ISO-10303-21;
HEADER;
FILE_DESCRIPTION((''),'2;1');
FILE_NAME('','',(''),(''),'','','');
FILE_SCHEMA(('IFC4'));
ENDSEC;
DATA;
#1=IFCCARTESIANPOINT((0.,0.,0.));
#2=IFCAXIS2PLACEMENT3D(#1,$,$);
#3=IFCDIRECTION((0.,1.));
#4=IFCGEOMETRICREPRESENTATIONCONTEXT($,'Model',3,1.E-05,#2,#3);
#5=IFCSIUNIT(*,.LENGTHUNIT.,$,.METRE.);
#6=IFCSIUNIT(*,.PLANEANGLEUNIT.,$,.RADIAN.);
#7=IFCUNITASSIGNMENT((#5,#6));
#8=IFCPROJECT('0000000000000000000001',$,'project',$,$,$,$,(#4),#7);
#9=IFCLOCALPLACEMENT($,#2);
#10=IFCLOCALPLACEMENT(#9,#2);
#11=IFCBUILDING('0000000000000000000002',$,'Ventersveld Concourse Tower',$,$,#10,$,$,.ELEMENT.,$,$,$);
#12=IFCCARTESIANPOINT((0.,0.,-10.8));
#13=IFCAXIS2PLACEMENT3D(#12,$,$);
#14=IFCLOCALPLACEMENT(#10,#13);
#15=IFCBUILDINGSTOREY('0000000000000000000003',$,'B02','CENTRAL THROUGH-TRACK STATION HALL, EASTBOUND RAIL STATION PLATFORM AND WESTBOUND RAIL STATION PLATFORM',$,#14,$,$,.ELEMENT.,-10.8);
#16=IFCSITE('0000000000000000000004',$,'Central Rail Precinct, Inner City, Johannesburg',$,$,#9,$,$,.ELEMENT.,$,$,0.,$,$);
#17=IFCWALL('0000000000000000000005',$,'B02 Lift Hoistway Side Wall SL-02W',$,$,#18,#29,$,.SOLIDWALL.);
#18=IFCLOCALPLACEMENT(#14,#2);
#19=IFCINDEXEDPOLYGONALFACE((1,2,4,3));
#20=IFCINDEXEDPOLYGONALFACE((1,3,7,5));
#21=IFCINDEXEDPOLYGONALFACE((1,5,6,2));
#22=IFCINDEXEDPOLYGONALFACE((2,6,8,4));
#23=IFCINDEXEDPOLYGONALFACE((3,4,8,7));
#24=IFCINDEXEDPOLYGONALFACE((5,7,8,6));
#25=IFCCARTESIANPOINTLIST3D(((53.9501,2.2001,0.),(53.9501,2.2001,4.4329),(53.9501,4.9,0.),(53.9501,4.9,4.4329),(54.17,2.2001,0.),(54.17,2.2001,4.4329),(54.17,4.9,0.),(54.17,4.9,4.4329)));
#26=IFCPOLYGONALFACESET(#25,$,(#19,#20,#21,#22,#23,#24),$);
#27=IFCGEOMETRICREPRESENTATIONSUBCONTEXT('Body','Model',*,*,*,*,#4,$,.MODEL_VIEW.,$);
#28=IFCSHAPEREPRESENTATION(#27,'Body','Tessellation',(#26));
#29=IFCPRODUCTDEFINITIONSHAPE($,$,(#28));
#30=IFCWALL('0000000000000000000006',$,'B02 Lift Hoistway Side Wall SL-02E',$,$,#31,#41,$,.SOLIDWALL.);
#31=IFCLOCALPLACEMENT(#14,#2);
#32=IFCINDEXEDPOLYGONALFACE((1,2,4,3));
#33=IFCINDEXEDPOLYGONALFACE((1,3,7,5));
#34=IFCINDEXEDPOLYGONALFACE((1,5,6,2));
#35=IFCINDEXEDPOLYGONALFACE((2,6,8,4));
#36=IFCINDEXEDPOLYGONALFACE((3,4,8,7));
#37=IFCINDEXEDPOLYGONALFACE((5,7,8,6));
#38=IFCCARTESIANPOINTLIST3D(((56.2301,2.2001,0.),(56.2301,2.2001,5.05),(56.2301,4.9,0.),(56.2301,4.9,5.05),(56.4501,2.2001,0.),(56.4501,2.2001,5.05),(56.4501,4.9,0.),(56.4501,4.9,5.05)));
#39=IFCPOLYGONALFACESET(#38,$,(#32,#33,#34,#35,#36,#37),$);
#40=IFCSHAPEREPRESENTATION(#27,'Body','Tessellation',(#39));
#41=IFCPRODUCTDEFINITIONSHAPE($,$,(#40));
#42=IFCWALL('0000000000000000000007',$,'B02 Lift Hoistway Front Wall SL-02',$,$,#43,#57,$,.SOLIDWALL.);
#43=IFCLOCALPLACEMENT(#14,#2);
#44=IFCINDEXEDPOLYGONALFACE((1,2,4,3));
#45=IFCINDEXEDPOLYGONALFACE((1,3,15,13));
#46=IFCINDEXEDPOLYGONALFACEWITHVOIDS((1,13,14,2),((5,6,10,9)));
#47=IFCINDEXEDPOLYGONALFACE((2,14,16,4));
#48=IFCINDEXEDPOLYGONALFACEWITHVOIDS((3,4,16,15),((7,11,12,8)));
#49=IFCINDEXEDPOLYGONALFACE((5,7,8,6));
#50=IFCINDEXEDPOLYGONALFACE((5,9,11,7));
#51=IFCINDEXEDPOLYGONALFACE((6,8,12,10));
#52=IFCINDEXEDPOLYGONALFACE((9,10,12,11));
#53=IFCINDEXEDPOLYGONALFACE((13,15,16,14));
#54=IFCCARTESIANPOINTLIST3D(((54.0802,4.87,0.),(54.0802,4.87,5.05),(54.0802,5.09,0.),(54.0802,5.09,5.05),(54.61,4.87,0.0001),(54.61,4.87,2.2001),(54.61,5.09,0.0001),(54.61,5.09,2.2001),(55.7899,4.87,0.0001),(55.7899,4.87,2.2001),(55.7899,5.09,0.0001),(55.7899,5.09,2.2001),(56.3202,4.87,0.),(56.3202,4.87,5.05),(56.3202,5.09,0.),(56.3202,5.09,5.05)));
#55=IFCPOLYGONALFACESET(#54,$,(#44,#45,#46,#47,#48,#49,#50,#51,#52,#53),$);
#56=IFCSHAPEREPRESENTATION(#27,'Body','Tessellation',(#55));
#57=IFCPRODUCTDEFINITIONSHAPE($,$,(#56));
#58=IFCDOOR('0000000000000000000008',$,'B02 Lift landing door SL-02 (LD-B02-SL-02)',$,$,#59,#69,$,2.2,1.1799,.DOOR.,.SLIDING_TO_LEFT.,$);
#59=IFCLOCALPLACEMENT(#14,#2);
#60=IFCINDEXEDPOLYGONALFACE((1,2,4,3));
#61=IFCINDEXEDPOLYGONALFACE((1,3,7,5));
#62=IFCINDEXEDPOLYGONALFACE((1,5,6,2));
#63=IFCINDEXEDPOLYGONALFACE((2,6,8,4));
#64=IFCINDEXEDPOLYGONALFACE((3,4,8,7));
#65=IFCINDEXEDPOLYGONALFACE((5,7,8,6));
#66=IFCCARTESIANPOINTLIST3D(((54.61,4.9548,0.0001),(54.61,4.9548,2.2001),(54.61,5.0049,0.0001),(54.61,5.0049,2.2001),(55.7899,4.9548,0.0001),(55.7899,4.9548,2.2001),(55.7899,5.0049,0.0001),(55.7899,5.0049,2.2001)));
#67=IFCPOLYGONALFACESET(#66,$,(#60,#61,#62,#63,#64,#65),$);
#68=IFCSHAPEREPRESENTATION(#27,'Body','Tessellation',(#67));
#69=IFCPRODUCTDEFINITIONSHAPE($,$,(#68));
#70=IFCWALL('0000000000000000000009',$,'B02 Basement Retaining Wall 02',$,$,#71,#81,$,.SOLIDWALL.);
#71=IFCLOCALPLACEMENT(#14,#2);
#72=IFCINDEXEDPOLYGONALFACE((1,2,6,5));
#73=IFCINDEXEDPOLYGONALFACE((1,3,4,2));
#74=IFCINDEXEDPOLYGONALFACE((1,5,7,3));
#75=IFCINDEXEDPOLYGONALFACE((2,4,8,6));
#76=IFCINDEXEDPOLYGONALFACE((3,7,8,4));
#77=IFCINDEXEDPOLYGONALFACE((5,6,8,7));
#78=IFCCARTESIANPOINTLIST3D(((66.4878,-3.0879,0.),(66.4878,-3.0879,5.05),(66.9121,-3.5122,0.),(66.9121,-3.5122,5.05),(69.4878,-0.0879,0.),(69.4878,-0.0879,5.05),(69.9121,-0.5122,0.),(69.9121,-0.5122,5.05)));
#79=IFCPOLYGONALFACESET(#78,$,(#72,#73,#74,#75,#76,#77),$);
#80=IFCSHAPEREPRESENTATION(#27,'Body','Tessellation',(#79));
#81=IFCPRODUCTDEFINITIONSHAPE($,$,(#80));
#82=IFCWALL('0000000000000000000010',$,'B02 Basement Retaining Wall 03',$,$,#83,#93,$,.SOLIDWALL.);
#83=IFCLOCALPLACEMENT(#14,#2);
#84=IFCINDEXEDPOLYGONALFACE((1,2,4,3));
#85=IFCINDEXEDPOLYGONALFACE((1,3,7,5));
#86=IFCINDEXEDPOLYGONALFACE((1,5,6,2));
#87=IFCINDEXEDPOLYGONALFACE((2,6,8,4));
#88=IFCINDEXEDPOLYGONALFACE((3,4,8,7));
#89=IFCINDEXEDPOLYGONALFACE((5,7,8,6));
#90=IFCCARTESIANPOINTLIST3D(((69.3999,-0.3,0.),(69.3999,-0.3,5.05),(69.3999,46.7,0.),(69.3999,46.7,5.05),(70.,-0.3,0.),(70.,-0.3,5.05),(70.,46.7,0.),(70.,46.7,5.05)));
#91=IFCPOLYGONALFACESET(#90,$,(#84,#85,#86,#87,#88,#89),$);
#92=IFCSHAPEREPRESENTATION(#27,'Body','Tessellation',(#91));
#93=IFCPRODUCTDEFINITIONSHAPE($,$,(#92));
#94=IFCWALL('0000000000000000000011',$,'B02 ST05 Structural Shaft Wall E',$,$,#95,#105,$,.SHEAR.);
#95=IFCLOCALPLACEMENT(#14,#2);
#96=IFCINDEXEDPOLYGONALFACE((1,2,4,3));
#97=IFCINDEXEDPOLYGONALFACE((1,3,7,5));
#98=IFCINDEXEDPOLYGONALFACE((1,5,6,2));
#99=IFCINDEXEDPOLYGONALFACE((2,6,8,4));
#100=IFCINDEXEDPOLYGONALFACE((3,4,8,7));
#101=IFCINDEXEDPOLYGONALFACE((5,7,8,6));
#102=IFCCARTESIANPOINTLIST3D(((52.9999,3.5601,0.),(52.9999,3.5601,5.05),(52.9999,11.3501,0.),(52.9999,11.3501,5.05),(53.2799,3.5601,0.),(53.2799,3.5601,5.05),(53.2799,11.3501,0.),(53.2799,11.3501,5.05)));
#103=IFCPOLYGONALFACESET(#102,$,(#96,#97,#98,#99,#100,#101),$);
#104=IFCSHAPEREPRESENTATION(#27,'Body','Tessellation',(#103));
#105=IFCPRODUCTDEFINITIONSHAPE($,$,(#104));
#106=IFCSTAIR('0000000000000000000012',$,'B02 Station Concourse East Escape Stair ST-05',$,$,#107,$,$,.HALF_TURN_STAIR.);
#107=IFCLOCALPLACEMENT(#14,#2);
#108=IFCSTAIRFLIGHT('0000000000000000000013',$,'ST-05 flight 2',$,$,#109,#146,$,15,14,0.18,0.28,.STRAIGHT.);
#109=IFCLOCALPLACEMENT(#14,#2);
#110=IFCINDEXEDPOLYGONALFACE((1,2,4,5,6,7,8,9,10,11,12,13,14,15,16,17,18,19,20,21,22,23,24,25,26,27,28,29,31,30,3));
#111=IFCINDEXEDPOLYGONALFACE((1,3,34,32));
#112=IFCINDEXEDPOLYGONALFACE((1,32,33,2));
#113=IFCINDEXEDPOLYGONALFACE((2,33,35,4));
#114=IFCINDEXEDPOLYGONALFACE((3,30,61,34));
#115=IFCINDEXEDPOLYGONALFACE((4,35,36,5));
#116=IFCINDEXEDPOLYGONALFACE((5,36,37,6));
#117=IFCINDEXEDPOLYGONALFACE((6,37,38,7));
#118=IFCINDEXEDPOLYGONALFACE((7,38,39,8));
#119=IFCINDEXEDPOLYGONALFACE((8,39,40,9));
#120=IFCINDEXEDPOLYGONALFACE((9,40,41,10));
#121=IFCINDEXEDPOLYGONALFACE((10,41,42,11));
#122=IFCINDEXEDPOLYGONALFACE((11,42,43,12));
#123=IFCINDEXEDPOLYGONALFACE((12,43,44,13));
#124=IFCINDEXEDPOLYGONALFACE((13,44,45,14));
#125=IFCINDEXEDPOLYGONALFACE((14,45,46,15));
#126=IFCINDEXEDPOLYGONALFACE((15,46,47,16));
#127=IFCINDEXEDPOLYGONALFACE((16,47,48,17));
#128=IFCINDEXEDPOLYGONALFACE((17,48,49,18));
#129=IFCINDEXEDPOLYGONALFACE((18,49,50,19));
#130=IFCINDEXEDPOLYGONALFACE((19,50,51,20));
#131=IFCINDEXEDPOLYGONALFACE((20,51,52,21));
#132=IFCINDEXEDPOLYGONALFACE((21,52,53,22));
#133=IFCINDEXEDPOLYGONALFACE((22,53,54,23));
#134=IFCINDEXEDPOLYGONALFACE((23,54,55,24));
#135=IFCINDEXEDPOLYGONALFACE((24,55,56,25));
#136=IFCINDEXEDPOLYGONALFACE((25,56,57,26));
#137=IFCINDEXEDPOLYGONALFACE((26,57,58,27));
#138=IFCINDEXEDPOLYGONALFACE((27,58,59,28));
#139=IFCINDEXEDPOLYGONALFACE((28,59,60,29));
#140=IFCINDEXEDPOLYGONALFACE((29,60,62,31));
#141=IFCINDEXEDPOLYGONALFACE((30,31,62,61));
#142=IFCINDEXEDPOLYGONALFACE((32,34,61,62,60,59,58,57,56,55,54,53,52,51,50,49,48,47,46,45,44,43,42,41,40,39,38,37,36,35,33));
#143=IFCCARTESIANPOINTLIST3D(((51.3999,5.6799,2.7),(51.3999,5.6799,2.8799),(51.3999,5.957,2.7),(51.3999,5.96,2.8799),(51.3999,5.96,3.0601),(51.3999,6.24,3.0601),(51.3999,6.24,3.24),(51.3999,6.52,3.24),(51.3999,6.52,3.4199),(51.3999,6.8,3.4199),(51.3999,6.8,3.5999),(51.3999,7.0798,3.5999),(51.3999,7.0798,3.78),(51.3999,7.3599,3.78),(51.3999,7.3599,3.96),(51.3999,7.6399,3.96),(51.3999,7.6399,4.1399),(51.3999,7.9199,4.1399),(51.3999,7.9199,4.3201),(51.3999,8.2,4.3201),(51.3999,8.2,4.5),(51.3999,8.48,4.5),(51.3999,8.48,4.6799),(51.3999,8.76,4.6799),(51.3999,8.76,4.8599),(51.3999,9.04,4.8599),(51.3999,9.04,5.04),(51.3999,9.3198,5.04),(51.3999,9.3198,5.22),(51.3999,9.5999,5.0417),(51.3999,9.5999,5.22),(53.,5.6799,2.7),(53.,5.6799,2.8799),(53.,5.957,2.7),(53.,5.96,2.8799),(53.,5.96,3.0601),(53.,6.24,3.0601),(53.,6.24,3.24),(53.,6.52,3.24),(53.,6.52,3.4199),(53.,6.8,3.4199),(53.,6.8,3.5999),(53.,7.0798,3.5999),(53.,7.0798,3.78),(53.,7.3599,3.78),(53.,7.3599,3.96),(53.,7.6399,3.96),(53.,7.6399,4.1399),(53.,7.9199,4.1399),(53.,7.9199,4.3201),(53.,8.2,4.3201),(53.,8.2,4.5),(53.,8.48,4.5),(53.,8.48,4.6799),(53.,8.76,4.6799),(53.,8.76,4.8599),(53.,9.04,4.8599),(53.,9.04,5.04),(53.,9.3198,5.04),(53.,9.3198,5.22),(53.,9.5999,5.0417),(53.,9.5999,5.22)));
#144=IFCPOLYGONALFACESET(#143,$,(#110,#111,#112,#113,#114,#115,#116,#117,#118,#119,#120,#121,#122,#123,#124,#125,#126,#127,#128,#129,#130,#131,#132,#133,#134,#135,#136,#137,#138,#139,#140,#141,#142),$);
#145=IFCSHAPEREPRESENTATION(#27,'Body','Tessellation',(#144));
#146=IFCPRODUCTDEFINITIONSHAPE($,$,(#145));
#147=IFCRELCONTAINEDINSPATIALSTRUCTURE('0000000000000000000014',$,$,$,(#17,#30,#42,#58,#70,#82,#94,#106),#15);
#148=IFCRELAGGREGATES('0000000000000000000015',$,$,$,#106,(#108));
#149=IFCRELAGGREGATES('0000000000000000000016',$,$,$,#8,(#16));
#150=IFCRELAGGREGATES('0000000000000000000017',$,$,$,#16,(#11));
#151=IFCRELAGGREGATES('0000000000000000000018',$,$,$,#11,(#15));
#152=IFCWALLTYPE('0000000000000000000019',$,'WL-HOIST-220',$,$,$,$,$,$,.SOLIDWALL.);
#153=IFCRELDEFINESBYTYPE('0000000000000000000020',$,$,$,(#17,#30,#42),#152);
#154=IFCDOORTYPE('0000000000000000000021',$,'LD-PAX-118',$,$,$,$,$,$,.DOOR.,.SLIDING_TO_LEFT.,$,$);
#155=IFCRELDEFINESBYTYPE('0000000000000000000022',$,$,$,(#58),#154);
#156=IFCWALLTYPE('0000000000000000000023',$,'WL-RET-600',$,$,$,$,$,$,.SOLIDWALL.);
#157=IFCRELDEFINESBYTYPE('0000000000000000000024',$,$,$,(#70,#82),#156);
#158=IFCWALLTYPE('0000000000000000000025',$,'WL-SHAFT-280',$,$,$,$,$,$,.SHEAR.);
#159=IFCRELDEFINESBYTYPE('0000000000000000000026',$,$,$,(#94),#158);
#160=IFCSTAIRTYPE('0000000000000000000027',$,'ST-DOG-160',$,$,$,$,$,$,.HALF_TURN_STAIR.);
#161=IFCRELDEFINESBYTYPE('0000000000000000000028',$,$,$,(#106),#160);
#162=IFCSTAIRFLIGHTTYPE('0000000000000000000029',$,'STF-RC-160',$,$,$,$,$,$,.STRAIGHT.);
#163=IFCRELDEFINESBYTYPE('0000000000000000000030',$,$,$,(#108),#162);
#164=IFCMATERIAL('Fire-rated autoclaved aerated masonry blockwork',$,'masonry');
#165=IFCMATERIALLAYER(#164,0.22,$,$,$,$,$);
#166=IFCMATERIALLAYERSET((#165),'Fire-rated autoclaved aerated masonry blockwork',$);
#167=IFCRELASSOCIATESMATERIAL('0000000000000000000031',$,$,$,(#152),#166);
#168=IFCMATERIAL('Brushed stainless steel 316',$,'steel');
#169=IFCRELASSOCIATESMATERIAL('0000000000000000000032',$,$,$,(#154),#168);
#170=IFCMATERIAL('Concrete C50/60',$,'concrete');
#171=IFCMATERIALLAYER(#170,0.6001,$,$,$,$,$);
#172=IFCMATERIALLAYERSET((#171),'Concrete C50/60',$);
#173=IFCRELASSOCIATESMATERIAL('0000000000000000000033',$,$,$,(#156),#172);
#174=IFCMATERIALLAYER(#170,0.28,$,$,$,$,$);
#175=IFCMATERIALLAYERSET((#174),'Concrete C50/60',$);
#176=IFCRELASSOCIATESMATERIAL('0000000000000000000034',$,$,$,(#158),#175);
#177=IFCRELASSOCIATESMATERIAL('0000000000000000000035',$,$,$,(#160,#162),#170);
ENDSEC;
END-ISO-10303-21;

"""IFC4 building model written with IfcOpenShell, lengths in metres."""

from ifc_helpers import new_model, si_unit, direction, frame, frame_2d, origin, place, context, subcontext, project, spatial, polyline, rectangle, outline, extrude, material, layer, layer_set, type_object, element, fill, aggregate, save


model = new_model("IFC4")

# Units and contexts
model_context = context("Model", 3, precision=1e-05, world=origin(), true_north=direction((0.0, 1.0)))
body_context = subcontext(model_context, "Body", "Model", "MODEL_VIEW")
ifc_project = project(units=[si_unit("LENGTHUNIT", "METRE"), si_unit("PLANEANGLEUNIT", "RADIAN")], contexts=[model_context])

# Site, building, storey
site_placement = place(None, origin())
site = spatial("IfcSite", under=ifc_project, at=site_placement, Name="Central Rail Precinct, Inner City, Johannesburg", CompositionType="ELEMENT", RefElevation=0.0)
building_placement = place(site_placement, origin())
building = spatial("IfcBuilding", under=site, at=building_placement, Name="Ventersveld Concourse Tower", CompositionType="ELEMENT")
storey_placement = place(building_placement, frame((0.0, 0.0, -10.8)))
storey = spatial("IfcBuildingStorey", under=building, at=storey_placement, Name="B02", Description="CENTRAL THROUGH-TRACK STATION HALL, EASTBOUND RAIL STATION PLATFORM AND WESTBOUND RAIL STATION PLATFORM", CompositionType="ELEMENT", Elevation=-10.8)

# Shared definitions
ifc_material_1 = material(Name="Concrete C50/60", Category="concrete")

# Walls
ifc_material_2 = material(Name="Fire-rated autoclaved aerated masonry blockwork", Category="masonry")
ifc_layer_1 = layer(ifc_material_2, 0.22)
ifc_layer_set_1 = layer_set([ifc_layer_1], Name="Fire-rated autoclaved aerated masonry blockwork")
wall_type_1 = type_object("IfcWallType", Name="WL-HOIST-220", PredefinedType="SOLIDWALL", material=ifc_layer_set_1)
wall_1_placement = place(storey_placement, frame((54.0601, 2.2, 0.0), z_axis=(0.0, 0.0, 1.0), x_axis=(0.0, 1.0, 0.0)))
element("IfcWall", 1, at=wall_1_placement, inside=storey, type_object=wall_type_1, Name="B02 Lift Hoistway Side Wall SL-02W", PredefinedType="SOLIDWALL", context=body_context, shape_type="SweptSolid", body=[
    extrude(rectangle(XDim=2.7, YDim=0.22, at=frame_2d((1.3501, 0.0))), origin(), (0.0, 0.0, 1.0), 4.4329),
])
wall_2_placement = place(storey_placement, frame((56.3401, 2.2, 0.0), z_axis=(0.0, 0.0, 1.0), x_axis=(0.0, 1.0, 0.0)))
element("IfcWall", 2, at=wall_2_placement, inside=storey, type_object=wall_type_1, Name="B02 Lift Hoistway Side Wall SL-02E", PredefinedType="SOLIDWALL", context=body_context, shape_type="SweptSolid", body=[
    extrude(rectangle(XDim=2.7, YDim=0.22, at=frame_2d((1.3501, 0.0))), origin(), (0.0, 0.0, 1.0), 5.05),
])

# Wall, opening, door
wall_3_placement = place(storey_placement, frame((54.0801, 4.98, 0.0), z_axis=(0.0, 0.0, 1.0), x_axis=(1.0, 0.0, 0.0)))
wall_3 = element("IfcWall", 3, at=wall_3_placement, inside=storey, type_object=wall_type_1, Name="B02 Lift Hoistway Front Wall SL-02", PredefinedType="SOLIDWALL", context=body_context, shape_type="SweptSolid", body=[
    extrude(rectangle(XDim=2.24, YDim=0.22, at=frame_2d((1.1201, 0.0))), origin(), (0.0, 0.0, 1.0), 5.05),
])
opening_placement = place(wall_3_placement, frame((0.53, 0.0, 0.0)))
opening = element("IfcOpeningElement", 4, at=opening_placement, cuts=wall_3, PredefinedType="OPENING", context=body_context, shape_type="SweptSolid", body=[
    extrude(rectangle(XDim=1.1799, YDim=2.2, at=frame_2d((0.5898, 1.1001))), frame((0.0, 0.1201, 0.0), z_axis=(0.0, -1.0, 0.0), x_axis=(1.0, 0.0, 0.0)), (0.0, 0.0, 1.0), 0.24),
])
ifc_material_3 = material(Name="Brushed stainless steel 316", Category="steel")
door_type = type_object("IfcDoorType", Name="LD-PAX-118", OperationType="SLIDING_TO_LEFT", PredefinedType="DOOR", material=ifc_material_3)
door_placement = place(opening_placement, origin())
door = element("IfcDoor", 5, at=door_placement, inside=storey, type_object=door_type, Name="B02 Lift landing door SL-02 (LD-B02-SL-02)", OperationType="SLIDING_TO_LEFT", OverallHeight=2.2, OverallWidth=1.1799, PredefinedType="DOOR", context=body_context, shape_type="SweptSolid", body=[
    extrude(rectangle(XDim=1.1799, YDim=2.2, at=frame_2d((0.5898, 1.1001))), frame((0.0, 0.0249, 0.0), z_axis=(0.0, -1.0, 0.0), x_axis=(1.0, 0.0, 0.0)), (0.0, 0.0, 1.0), 0.05),
])
fill(opening, door)

# Walls
ifc_layer_2 = layer(ifc_material_1, 0.6001)
ifc_layer_set_2 = layer_set([ifc_layer_2], Name="Concrete C50/60")
wall_type_2 = type_object("IfcWallType", Name="WL-RET-600", PredefinedType="SOLIDWALL", material=ifc_layer_set_2)
wall_4_placement = place(storey_placement, frame((66.7, -3.3, 0.0), z_axis=(0.0, 0.0, 1.0), x_axis=(0.707107, 0.707107, 0.0)))
element("IfcWall", 6, at=wall_4_placement, inside=storey, type_object=wall_type_2, Name="B02 Basement Retaining Wall 02", PredefinedType="SOLIDWALL", context=body_context, shape_type="SweptSolid", body=[
    extrude(rectangle(XDim=4.2427, YDim=0.6001, at=frame_2d((2.1213, 0.0))), origin(), (0.0, 0.0, 1.0), 5.05),
])
wall_5_placement = place(storey_placement, frame((69.7, -0.3, 0.0), z_axis=(0.0, 0.0, 1.0), x_axis=(0.0, 1.0, 0.0)))
element("IfcWall", 7, at=wall_5_placement, inside=storey, type_object=wall_type_2, Name="B02 Basement Retaining Wall 03", PredefinedType="SOLIDWALL", context=body_context, shape_type="SweptSolid", body=[
    extrude(rectangle(XDim=47.0, YDim=0.6001, at=frame_2d((23.5, 0.0))), origin(), (0.0, 0.0, 1.0), 5.05),
])
ifc_layer_3 = layer(ifc_material_1, 0.28)
ifc_layer_set_3 = layer_set([ifc_layer_3], Name="Concrete C50/60")
wall_type_3 = type_object("IfcWallType", Name="WL-SHAFT-280", PredefinedType="SHEAR", material=ifc_layer_set_3)
wall_6_placement = place(storey_placement, frame((53.1399, 3.5601, 0.0), z_axis=(0.0, 0.0, 1.0), x_axis=(0.0, 1.0, 0.0)))
element("IfcWall", 8, at=wall_6_placement, inside=storey, type_object=wall_type_3, Name="B02 ST05 Structural Shaft Wall E", PredefinedType="SHEAR", context=body_context, shape_type="SweptSolid", body=[
    extrude(rectangle(XDim=7.79, YDim=0.28, at=frame_2d((3.895, 0.0))), origin(), (0.0, 0.0, 1.0), 5.05),
])

# Stair, stair flight
stair_type = type_object("IfcStairType", Name="ST-DOG-160", PredefinedType="HALF_TURN_STAIR", material=ifc_material_1)
stair_placement = place(storey_placement, origin())
stair = element("IfcStair", 9, at=stair_placement, inside=storey, type_object=stair_type, Name="B02 Station Concourse East Escape Stair ST-05", PredefinedType="HALF_TURN_STAIR")
stair_flight_type = type_object("IfcStairFlightType", Name="STF-RC-160", PredefinedType="STRAIGHT", material=ifc_material_1)
stair_flight_placement = place(storey_placement, frame((52.2, 5.6799, 2.7), z_axis=(0.0, 0.0, 1.0), x_axis=(0.0, 1.0, 0.0)))
stair_flight = element("IfcStairFlight", 10, at=stair_flight_placement, type_object=stair_flight_type, Name="ST-05 flight 2", NumberOfRisers=15, NumberOfTreads=14, PredefinedType="STRAIGHT", RiserHeight=0.18, TreadLength=0.28, context=body_context, shape_type="SweptSolid", body=[
    extrude(outline(polyline([(0.0, 0.0), (0.0, 0.1799), (0.28, 0.1799), (0.28, 0.3601), (0.5601, 0.3601), (0.5601, 0.54), (0.8401, 0.54), (0.8401, 0.72), (1.1201, 0.72), (1.1201, 0.8999), (1.3999, 0.8999), (1.3999, 1.0801), (1.6799, 1.0801), (1.6799, 1.26), (1.96, 1.26), (1.96, 1.4399), (2.24, 1.4399), (2.24, 1.6201), (2.52, 1.6201), (2.52, 1.8), (2.8, 1.8), (2.8, 1.98), (3.0801, 1.98), (3.0801, 2.1599), (3.3601, 2.1599), (3.3601, 2.3401), (3.6399, 2.3401), (3.6399, 2.52), (3.9199, 2.52), (3.9199, 2.7), (3.9199, 2.3418), (0.2771, 0.0), (0.0, 0.0)])), frame((0.0, 0.8, 0.0), z_axis=(0.0, -1.0, 0.0), x_axis=(1.0, 0.0, 0.0)), (0.0, 0.0, 1.0), 1.6001),
])
aggregate(stair, [stair_flight])

save(model, "model.ifc")
